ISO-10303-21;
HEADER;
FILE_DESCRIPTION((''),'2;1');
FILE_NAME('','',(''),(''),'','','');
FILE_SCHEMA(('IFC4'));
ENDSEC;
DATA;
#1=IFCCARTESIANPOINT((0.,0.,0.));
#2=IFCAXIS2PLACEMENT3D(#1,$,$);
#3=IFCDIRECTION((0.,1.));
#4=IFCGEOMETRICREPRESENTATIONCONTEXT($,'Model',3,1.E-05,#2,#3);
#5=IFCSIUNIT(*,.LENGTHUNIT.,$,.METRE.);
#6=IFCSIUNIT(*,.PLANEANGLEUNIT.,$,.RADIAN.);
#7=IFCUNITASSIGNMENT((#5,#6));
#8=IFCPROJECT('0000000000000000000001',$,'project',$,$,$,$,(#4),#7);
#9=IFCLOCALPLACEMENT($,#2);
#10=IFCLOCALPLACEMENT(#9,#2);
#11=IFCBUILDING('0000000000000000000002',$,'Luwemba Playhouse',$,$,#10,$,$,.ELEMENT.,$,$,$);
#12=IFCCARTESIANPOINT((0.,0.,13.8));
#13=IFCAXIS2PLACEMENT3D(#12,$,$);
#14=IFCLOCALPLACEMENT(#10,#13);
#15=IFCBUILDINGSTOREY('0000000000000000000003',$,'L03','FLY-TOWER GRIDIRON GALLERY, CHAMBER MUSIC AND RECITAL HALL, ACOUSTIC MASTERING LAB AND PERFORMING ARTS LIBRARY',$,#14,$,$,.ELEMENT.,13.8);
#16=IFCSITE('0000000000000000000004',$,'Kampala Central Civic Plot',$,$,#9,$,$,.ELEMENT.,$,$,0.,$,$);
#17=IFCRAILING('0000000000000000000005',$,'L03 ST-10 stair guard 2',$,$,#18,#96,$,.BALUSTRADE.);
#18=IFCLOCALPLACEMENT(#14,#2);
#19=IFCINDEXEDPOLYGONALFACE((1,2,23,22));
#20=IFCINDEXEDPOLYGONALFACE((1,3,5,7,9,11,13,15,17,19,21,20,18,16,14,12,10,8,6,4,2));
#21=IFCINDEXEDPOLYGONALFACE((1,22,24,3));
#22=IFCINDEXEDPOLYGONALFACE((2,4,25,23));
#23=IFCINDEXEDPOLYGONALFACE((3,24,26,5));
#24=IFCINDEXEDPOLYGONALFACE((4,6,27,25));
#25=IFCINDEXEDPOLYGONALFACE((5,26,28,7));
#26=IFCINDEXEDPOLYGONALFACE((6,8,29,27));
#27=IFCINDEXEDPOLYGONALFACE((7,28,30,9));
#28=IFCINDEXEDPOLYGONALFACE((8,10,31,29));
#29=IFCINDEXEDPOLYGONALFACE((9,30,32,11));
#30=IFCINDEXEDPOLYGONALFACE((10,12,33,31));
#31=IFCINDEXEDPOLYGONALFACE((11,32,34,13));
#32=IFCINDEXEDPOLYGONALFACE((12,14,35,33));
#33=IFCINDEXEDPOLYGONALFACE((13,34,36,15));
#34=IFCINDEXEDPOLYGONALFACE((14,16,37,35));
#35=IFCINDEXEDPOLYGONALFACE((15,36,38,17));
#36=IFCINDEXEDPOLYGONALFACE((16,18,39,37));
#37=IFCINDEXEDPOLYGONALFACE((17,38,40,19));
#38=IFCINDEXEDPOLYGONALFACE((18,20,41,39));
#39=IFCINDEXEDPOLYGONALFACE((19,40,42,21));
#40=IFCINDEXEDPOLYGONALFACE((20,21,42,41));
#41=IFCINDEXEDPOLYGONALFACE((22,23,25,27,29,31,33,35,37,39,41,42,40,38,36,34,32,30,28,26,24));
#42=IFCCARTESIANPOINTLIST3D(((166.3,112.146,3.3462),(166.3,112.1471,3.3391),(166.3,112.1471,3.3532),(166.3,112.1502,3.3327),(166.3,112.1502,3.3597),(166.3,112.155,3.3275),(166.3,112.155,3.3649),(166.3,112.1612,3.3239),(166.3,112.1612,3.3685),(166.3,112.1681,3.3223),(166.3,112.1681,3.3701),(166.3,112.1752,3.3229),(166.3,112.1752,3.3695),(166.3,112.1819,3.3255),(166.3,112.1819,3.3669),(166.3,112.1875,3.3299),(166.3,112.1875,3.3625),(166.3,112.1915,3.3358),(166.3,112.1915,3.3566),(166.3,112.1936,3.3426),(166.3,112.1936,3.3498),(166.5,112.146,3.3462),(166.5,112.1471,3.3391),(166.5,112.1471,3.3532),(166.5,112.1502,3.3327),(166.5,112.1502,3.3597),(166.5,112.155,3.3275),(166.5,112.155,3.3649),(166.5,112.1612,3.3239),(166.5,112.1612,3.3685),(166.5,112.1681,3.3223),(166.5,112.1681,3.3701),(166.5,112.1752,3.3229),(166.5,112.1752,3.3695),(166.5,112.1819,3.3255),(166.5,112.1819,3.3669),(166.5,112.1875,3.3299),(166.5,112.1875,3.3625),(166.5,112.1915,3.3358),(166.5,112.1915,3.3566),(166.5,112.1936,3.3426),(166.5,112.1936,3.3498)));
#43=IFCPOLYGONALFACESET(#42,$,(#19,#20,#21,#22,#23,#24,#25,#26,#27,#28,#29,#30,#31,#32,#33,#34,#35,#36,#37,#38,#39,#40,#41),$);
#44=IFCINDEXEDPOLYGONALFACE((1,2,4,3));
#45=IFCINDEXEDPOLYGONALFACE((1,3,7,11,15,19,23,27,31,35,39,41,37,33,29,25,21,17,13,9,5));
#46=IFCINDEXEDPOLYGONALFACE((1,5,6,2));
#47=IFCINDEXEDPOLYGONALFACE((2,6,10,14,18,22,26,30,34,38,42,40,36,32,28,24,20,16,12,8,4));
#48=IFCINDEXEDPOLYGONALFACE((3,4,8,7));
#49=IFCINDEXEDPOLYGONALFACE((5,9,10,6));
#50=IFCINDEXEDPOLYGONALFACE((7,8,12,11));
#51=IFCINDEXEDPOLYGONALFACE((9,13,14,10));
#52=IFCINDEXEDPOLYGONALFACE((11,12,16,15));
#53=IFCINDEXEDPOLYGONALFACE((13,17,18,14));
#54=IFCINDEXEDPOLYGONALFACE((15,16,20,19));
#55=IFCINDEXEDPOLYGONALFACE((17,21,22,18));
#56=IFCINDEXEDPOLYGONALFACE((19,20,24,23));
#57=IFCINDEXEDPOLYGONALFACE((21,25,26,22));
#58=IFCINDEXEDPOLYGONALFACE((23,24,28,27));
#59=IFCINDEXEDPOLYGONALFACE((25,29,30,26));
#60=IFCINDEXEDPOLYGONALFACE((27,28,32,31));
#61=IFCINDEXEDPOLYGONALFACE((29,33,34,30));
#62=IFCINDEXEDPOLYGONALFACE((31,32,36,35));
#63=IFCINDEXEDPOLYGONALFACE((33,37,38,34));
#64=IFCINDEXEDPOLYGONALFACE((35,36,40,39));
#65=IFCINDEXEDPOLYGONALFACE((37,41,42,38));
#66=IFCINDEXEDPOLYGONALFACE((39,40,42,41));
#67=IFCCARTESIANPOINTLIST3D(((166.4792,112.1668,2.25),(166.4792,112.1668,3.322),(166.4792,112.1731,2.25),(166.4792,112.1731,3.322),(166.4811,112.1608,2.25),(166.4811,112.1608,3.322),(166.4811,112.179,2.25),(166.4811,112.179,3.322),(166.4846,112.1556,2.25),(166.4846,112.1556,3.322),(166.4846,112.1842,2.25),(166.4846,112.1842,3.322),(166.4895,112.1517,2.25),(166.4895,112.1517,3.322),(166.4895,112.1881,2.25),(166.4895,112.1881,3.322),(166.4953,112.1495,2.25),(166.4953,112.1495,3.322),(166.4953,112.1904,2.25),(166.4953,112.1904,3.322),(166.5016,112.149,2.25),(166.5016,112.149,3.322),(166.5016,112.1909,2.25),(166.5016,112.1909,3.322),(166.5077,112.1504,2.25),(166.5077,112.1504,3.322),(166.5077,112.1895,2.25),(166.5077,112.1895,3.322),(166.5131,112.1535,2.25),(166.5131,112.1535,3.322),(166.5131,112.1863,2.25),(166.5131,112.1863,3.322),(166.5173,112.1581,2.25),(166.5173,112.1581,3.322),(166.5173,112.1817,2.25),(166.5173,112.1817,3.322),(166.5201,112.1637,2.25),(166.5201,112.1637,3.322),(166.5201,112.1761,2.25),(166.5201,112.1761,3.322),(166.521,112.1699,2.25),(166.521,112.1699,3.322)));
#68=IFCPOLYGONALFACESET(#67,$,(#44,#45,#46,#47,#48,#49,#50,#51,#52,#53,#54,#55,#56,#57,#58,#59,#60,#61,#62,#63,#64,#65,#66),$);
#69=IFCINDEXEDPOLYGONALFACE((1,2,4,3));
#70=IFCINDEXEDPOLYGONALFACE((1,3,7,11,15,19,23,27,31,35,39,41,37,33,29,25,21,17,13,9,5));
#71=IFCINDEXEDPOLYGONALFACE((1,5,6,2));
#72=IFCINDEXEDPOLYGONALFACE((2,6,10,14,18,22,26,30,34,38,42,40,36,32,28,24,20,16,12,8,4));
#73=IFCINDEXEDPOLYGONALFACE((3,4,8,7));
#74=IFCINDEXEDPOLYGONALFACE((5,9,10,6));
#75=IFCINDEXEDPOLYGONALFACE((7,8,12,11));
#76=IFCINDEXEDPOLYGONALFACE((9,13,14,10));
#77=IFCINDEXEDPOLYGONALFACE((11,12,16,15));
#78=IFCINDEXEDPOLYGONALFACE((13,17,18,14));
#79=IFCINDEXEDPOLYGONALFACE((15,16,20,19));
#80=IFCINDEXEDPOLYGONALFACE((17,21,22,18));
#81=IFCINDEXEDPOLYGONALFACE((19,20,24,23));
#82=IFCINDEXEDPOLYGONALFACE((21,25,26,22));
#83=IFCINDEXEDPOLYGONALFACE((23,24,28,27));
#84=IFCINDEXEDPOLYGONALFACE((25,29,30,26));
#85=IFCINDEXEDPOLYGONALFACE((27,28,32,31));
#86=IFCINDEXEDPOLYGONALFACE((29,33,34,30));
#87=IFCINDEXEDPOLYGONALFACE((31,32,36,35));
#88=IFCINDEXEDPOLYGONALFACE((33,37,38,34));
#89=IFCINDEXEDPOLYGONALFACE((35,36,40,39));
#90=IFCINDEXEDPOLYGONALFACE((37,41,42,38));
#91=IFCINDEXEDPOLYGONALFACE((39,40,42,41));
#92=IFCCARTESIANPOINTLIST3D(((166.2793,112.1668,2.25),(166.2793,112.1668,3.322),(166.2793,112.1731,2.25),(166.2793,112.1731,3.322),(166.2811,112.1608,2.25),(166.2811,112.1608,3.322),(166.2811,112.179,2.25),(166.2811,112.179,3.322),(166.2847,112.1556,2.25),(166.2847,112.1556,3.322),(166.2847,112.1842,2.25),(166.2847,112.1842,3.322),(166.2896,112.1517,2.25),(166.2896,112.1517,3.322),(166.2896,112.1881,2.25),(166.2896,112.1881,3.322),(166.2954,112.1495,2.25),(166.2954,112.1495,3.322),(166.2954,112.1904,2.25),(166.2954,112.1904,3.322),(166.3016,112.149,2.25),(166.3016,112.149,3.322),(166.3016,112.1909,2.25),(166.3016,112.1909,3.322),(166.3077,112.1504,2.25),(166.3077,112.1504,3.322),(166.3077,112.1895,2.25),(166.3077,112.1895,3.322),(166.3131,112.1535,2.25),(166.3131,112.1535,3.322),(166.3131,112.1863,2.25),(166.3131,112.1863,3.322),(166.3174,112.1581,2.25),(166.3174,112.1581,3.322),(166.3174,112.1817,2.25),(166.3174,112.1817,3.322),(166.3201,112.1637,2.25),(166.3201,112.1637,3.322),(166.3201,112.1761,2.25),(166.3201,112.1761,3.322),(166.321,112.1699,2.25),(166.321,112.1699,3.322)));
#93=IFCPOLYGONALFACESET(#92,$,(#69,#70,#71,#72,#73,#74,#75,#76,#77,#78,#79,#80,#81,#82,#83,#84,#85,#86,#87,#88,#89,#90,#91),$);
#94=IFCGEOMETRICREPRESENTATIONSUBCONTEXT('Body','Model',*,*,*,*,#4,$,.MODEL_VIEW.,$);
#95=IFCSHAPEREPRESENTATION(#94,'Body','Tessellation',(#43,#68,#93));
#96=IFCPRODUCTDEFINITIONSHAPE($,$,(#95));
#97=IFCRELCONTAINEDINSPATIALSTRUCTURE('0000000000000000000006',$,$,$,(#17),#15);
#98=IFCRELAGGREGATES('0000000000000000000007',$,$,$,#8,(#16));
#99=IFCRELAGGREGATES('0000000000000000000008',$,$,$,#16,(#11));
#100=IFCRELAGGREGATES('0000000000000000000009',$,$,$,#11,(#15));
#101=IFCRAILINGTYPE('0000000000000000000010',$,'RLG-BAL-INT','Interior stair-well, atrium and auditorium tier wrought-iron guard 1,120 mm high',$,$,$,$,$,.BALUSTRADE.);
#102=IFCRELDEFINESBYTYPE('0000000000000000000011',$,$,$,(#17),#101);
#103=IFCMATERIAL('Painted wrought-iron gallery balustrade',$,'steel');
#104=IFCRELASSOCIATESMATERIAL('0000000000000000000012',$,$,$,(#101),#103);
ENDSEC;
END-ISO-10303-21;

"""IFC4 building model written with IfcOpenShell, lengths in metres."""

from ifc_helpers import new_model, si_unit, direction, frame, origin, origin_2d, place, context, subcontext, project, spatial, circle, extrude, material, type_object, element, save


model = new_model("IFC4")

# Units and contexts
model_context = context("Model", 3, precision=1e-05, world=origin(), true_north=direction((0.0, 1.0)))
body_context = subcontext(model_context, "Body", "Model", "MODEL_VIEW")
ifc_project = project(units=[si_unit("LENGTHUNIT", "METRE"), si_unit("PLANEANGLEUNIT", "RADIAN")], contexts=[model_context])

# Site, building, storey
site_placement = place(None, origin())
site = spatial("IfcSite", under=ifc_project, at=site_placement, Name="Kampala Central Civic Plot", CompositionType="ELEMENT", RefElevation=0.0)
building_placement = place(site_placement, origin())
building = spatial("IfcBuilding", under=site, at=building_placement, Name="Luwemba Playhouse", CompositionType="ELEMENT")
storey_placement = place(building_placement, frame((0.0, 0.0, 13.8)))
storey = spatial("IfcBuildingStorey", under=building, at=storey_placement, Name="L03", Description="FLY-TOWER GRIDIRON GALLERY, CHAMBER MUSIC AND RECITAL HALL, ACOUSTIC MASTERING LAB AND PERFORMING ARTS LIBRARY", CompositionType="ELEMENT", Elevation=13.8)

# Railing
ifc_material_1 = material(Name="Painted wrought-iron gallery balustrade", Category="steel")
railing_type_1 = type_object("IfcRailingType", Name="RLG-BAL-INT", Description="Interior stair-well, atrium and auditorium tier wrought-iron guard 1,120 mm high", PredefinedType="BALUSTRADE", material=ifc_material_1)
railing_1_placement = place(storey_placement, frame((166.5, 112.1699, 2.25)))
element("IfcRailing", 1, at=railing_1_placement, inside=storey, type_object=railing_type_1, Name="L03 ST-10 stair guard 2", PredefinedType="BALUSTRADE", context=body_context, shape_type="SweptSolid", body=[
    extrude(circle(Radius=0.0239, at=origin_2d()), frame((0.0, 0.0, 1.0962), z_axis=(-1.0, 0.0, 0.0), x_axis=(0.0, -1.0, 0.0)), (0.0, 0.0, 1.0), 0.2),
    extrude(circle(Radius=0.021, at=origin_2d()), origin(), (0.0, 0.0, 1.0), 1.072),
    extrude(circle(Radius=0.021, at=origin_2d()), frame((-0.2, 0.0, 0.0)), (0.0, 0.0, 1.0), 1.072),
])

save(model, "model.ifc")
